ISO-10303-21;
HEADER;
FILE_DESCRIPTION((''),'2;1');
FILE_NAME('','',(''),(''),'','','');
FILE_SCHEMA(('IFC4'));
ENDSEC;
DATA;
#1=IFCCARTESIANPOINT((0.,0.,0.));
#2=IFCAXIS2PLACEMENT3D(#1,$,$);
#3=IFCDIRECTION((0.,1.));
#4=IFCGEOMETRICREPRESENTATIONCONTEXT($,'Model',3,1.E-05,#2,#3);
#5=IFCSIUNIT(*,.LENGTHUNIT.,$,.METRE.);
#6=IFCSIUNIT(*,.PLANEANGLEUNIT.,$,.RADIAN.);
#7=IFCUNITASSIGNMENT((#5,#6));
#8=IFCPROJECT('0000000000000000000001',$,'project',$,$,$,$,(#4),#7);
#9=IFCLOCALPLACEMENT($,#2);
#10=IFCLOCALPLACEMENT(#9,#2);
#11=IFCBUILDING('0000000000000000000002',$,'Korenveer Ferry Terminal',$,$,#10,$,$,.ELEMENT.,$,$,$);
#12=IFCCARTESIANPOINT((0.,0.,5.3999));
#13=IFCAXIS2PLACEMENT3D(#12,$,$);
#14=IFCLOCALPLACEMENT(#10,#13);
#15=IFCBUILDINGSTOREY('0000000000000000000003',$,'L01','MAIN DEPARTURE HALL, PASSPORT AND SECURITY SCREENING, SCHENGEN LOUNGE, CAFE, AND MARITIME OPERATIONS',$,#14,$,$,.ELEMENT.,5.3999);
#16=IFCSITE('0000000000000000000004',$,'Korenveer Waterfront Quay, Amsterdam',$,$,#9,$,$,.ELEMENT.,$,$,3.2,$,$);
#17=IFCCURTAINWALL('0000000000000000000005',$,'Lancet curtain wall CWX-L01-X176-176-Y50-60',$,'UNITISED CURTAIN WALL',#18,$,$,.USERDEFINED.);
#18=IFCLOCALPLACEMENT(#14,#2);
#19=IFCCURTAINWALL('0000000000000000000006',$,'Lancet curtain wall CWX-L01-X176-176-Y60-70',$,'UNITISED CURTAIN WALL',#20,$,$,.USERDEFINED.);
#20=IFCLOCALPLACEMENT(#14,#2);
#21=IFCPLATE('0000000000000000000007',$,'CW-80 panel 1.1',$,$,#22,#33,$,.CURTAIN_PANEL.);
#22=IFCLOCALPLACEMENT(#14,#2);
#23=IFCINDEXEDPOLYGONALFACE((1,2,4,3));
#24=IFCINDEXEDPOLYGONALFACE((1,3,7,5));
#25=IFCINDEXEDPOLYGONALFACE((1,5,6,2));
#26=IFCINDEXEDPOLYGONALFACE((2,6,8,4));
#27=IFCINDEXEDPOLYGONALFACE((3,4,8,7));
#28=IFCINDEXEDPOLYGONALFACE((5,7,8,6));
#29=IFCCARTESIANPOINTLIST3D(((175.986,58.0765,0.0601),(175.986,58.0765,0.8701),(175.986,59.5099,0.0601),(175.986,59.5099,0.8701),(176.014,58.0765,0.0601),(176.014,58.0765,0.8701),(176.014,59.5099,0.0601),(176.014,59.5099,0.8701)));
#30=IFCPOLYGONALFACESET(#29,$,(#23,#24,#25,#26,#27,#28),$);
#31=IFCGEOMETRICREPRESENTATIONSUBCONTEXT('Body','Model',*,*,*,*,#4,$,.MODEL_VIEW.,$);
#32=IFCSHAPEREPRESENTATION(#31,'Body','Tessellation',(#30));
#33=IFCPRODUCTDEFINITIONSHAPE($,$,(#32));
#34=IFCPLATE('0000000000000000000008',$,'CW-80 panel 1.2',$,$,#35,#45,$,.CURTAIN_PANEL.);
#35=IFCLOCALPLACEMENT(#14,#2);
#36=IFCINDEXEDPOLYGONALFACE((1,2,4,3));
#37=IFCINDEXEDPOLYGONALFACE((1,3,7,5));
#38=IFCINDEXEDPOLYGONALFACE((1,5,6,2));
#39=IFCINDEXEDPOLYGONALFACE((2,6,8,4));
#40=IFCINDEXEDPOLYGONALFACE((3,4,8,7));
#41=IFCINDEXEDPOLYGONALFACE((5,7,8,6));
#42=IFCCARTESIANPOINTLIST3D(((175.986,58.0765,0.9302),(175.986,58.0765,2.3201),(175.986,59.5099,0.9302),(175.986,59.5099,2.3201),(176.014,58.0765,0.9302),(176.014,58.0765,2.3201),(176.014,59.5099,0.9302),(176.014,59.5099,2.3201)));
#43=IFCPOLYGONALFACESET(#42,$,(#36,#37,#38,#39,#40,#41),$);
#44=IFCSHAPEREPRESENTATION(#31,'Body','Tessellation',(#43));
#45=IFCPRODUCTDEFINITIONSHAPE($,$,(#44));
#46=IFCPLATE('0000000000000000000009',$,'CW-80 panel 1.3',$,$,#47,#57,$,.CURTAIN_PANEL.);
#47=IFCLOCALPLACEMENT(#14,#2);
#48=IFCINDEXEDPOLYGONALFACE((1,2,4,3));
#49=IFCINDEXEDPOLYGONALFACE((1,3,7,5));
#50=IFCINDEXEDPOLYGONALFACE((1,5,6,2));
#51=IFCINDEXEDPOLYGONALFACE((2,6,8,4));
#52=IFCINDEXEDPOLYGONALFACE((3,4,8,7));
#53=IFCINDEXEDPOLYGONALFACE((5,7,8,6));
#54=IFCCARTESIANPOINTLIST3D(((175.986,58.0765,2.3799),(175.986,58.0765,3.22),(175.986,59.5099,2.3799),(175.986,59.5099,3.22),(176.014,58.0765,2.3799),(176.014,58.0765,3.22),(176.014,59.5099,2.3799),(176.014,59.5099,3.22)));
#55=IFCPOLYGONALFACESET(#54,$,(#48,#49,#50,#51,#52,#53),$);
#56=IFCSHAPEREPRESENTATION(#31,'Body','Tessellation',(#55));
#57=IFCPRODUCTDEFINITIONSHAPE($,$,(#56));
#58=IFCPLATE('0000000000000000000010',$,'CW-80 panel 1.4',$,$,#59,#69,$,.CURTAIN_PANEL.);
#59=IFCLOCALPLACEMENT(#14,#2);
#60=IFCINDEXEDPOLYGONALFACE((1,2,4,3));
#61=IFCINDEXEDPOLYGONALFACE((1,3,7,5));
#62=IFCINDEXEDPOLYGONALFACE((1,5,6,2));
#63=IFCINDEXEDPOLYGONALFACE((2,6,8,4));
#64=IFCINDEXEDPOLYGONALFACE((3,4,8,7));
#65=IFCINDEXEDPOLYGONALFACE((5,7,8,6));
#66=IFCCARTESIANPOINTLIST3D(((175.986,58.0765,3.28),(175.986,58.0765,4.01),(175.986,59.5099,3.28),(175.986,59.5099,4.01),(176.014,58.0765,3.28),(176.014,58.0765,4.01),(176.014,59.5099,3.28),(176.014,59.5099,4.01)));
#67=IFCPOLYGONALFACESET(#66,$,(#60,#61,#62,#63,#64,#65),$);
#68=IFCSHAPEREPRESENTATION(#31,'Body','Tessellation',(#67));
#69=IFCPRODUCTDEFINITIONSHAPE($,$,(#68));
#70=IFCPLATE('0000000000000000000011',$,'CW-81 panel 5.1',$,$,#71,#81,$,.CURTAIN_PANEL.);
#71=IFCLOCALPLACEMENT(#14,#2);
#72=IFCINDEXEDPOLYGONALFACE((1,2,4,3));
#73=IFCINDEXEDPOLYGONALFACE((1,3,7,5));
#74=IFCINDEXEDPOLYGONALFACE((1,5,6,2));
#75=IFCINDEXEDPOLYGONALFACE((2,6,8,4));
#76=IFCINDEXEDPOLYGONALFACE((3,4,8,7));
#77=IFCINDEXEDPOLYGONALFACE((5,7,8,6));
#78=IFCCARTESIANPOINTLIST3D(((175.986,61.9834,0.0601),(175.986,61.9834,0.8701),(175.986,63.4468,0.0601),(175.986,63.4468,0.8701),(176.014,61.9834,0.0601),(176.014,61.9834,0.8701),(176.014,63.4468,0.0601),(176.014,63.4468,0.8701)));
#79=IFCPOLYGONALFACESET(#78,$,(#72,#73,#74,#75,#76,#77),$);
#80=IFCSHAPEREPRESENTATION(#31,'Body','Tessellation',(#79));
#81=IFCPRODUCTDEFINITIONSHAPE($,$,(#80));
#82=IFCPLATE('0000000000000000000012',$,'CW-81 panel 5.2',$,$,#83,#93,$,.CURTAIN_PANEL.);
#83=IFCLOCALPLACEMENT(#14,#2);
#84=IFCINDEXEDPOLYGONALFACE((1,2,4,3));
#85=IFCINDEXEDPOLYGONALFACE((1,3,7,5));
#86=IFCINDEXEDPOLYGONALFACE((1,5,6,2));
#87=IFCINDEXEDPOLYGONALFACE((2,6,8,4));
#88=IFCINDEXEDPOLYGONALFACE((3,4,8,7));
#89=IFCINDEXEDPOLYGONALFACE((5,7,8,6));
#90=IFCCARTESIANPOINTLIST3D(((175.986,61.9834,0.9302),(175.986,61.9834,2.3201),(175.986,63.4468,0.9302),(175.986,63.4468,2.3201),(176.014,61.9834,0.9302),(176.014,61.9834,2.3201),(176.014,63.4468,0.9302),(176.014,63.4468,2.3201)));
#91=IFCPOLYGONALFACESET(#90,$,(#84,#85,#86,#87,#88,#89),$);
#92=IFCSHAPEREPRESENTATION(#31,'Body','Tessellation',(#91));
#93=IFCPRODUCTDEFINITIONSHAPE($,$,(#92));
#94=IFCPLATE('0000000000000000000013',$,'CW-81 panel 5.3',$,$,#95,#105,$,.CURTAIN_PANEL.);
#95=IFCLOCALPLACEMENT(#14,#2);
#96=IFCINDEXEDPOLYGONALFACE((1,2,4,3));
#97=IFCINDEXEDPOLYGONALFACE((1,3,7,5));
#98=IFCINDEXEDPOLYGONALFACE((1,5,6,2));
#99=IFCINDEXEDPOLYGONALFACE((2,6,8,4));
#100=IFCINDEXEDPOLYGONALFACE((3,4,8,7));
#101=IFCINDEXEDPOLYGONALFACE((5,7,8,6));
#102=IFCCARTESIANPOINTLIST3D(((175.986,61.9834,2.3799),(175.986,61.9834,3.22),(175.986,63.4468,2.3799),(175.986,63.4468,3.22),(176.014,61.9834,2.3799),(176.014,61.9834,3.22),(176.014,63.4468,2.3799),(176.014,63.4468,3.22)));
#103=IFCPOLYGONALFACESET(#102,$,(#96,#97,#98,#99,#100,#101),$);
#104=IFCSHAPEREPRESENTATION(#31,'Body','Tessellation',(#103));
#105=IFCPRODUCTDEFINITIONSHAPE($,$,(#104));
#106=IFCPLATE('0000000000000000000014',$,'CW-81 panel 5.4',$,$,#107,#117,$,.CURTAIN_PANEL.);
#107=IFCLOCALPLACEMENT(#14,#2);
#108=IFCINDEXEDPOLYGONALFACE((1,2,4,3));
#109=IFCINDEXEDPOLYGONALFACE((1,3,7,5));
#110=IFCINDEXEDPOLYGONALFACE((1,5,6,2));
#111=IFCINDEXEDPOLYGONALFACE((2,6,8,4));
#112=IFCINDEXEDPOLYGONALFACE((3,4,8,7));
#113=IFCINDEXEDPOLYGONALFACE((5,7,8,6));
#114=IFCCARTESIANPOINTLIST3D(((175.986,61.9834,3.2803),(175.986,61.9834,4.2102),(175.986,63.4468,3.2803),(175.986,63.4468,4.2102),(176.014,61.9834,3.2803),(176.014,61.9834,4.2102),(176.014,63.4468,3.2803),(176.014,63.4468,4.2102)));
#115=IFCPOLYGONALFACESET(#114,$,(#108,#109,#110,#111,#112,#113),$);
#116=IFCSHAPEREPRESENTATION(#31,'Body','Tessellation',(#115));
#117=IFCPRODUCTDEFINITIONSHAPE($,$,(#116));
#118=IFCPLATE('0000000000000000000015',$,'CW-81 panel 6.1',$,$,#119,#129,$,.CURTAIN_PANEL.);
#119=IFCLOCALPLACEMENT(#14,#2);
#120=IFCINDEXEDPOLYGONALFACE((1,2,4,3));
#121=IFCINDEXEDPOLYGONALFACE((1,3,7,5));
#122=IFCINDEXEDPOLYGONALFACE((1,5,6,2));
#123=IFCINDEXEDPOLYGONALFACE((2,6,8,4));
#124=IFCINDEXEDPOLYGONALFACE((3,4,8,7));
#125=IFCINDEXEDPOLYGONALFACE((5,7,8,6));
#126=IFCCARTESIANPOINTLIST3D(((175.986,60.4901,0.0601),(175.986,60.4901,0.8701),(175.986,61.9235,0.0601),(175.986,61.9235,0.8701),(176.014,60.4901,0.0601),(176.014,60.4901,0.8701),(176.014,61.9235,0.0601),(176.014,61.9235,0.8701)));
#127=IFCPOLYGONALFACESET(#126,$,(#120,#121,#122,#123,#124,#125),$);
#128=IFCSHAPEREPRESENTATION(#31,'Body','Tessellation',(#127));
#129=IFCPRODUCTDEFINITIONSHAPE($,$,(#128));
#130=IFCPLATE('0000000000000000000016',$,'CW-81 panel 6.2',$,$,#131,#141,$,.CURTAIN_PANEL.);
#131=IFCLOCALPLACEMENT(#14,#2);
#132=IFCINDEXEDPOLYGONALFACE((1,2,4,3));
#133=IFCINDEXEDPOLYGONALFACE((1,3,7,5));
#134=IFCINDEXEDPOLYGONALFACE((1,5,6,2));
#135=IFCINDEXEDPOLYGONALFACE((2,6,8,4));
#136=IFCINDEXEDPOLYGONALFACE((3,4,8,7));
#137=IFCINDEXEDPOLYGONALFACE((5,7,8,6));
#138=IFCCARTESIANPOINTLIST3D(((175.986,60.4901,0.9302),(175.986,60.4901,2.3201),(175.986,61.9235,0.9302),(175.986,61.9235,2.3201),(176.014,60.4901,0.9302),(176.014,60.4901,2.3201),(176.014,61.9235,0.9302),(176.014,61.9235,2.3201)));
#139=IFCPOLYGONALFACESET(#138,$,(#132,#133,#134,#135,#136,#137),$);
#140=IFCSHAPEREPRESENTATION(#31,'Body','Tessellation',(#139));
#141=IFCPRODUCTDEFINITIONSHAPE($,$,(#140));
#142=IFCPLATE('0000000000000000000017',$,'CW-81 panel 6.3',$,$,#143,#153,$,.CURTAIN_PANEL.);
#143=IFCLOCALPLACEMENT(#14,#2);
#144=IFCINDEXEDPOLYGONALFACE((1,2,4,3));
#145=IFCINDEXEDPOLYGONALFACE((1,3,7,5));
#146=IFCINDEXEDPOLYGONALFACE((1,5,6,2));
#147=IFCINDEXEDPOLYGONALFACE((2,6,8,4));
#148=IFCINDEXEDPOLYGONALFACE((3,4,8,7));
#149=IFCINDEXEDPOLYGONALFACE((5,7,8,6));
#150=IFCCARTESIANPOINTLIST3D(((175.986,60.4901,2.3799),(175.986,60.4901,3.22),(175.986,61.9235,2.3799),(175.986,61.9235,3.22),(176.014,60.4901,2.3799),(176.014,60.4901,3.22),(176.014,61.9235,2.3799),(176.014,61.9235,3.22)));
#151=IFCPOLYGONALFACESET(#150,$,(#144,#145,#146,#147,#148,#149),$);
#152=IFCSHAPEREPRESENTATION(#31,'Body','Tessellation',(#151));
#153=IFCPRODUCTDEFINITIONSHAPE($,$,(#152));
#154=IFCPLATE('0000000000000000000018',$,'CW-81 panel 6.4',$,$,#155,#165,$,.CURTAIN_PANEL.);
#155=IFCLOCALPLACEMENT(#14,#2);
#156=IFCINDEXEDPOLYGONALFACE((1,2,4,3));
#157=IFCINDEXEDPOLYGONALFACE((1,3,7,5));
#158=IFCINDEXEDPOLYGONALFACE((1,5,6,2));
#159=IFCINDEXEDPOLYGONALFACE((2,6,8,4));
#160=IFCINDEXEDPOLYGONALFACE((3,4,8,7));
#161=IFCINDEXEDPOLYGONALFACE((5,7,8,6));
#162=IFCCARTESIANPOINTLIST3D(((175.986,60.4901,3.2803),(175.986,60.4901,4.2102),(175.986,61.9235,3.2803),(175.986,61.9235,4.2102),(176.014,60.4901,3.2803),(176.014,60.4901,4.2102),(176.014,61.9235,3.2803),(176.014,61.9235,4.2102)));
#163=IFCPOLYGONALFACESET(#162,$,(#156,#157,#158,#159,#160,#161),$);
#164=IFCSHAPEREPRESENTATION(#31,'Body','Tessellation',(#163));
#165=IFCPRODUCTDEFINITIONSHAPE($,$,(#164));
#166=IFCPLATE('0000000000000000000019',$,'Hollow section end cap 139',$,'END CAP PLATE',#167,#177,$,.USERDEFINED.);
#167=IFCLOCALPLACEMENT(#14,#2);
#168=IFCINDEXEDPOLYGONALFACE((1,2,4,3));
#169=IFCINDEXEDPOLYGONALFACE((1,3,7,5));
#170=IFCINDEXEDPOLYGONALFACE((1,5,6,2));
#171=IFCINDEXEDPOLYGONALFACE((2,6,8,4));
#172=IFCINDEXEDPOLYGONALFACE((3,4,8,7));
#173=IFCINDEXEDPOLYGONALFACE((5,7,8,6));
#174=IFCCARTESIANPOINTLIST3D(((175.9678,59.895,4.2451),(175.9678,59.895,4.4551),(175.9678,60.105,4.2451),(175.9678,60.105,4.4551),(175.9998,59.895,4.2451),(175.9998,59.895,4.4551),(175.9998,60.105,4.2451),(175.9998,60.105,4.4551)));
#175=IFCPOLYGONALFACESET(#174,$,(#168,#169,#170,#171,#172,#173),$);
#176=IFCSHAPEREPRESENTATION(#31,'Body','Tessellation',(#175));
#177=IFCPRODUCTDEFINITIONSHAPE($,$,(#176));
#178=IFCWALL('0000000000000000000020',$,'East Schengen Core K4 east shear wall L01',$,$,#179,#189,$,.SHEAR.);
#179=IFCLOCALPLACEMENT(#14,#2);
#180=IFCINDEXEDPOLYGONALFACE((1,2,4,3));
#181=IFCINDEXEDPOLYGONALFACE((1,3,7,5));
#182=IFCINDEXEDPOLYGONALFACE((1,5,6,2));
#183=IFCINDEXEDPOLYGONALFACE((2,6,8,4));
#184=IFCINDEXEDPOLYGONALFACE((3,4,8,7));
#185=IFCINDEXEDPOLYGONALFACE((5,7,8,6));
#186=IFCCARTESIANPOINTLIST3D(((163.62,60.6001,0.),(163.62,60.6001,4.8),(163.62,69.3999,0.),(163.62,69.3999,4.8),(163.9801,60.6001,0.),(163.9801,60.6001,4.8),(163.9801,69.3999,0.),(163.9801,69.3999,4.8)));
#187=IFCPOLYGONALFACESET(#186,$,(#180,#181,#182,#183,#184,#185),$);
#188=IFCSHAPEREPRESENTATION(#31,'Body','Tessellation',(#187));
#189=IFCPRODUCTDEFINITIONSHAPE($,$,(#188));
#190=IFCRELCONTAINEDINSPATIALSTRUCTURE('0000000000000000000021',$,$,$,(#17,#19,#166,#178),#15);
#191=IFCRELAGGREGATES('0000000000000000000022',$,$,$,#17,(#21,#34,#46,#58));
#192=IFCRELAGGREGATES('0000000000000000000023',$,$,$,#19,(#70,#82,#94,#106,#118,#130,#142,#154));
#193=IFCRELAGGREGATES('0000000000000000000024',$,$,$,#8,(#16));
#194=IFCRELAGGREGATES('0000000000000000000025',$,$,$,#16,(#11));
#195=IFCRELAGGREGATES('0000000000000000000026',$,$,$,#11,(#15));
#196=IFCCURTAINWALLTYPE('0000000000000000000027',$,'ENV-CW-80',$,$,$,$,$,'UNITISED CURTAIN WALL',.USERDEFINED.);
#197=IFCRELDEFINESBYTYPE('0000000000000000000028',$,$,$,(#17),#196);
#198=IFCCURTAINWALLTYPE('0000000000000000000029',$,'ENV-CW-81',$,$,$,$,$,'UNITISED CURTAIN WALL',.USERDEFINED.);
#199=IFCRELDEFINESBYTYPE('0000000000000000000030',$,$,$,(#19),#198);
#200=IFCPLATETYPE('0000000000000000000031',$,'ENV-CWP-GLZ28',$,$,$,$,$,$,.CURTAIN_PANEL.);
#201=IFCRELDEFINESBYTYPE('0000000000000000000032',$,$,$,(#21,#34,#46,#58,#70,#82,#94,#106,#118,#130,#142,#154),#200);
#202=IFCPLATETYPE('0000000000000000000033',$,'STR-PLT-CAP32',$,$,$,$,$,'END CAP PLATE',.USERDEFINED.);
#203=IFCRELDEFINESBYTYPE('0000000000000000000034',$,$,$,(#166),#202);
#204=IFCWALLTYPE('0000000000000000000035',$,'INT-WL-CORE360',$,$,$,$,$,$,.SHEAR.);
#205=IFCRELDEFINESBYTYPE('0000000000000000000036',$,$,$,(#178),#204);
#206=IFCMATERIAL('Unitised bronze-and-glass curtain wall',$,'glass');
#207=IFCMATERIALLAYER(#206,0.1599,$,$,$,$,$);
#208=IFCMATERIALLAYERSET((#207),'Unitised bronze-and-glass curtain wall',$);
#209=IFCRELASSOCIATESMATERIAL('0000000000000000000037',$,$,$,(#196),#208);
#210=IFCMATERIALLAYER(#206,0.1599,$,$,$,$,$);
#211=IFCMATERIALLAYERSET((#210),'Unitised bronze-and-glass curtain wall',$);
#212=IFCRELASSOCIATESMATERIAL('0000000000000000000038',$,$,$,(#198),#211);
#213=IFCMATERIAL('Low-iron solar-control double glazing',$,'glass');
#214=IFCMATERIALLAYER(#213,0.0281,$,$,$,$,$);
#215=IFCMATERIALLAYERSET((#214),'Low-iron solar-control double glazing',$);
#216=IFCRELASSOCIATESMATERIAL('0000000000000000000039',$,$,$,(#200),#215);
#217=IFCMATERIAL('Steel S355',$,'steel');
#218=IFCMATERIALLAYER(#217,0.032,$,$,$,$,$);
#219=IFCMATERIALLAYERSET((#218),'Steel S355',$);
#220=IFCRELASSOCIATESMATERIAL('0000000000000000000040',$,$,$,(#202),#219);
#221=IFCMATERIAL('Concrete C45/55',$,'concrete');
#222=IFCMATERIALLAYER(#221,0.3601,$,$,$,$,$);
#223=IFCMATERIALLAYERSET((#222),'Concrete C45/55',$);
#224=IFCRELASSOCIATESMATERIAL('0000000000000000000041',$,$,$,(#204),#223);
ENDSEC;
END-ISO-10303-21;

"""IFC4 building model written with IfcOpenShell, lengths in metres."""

from ifc_helpers import new_model, si_unit, direction, frame, frame_2d, origin, origin_2d, place, context, subcontext, project, spatial, rectangle, extrude, material, layer, layer_set, type_object, element, aggregate, save


model = new_model("IFC4")

# Units and contexts
model_context = context("Model", 3, precision=1e-05, world=origin(), true_north=direction((0.0, 1.0)))
body_context = subcontext(model_context, "Body", "Model", "MODEL_VIEW")
ifc_project = project(units=[si_unit("LENGTHUNIT", "METRE"), si_unit("PLANEANGLEUNIT", "RADIAN")], contexts=[model_context])

# Site, building, storey
site_placement = place(None, origin())
site = spatial("IfcSite", under=ifc_project, at=site_placement, Name="Korenveer Waterfront Quay, Amsterdam", CompositionType="ELEMENT", RefElevation=3.2)
building_placement = place(site_placement, origin())
building = spatial("IfcBuilding", under=site, at=building_placement, Name="Korenveer Ferry Terminal", CompositionType="ELEMENT")
storey_placement = place(building_placement, frame((0.0, 0.0, 5.3999)))
storey = spatial("IfcBuildingStorey", under=building, at=storey_placement, Name="L01", Description="MAIN DEPARTURE HALL, PASSPORT AND SECURITY SCREENING, SCHENGEN LOUNGE, CAFE, AND MARITIME OPERATIONS", CompositionType="ELEMENT", Elevation=5.3999)

# Shared definitions
ifc_material_1 = material(Name="Concrete C45/55", Category="concrete")

# Curtain walls
ifc_material_2 = material(Name="Unitised bronze-and-glass curtain wall", Category="glass")
ifc_layer_1 = layer(ifc_material_2, 0.1599)
ifc_layer_set_1 = layer_set([ifc_layer_1], Name="Unitised bronze-and-glass curtain wall")
curtain_wall_type_1 = type_object("IfcCurtainWallType", Name="ENV-CW-80", ElementType="UNITISED CURTAIN WALL", PredefinedType="USERDEFINED", material=ifc_layer_set_1)
curtain_wall_1_placement = place(storey_placement, frame((176.0, 59.5701, 0.0)))
curtain_wall_1 = element("IfcCurtainWall", 1, at=curtain_wall_1_placement, inside=storey, type_object=curtain_wall_type_1, Name="Lancet curtain wall CWX-L01-X176-176-Y50-60", ObjectType="UNITISED CURTAIN WALL", PredefinedType="USERDEFINED")
ifc_layer_2 = layer(ifc_material_2, 0.1599)
ifc_layer_set_2 = layer_set([ifc_layer_2], Name="Unitised bronze-and-glass curtain wall")
curtain_wall_type_2 = type_object("IfcCurtainWallType", Name="ENV-CW-81", ElementType="UNITISED CURTAIN WALL", PredefinedType="USERDEFINED", material=ifc_layer_set_2)
curtain_wall_2_placement = place(storey_placement, frame((176.0, 69.5701, 0.0)))
curtain_wall_2 = element("IfcCurtainWall", 2, at=curtain_wall_2_placement, inside=storey, type_object=curtain_wall_type_2, Name="Lancet curtain wall CWX-L01-X176-176-Y60-70", ObjectType="UNITISED CURTAIN WALL", PredefinedType="USERDEFINED")

# Shared definitions
ifc_material_3 = material(Name="Steel S355", Category="steel")

# Plates
ifc_material_4 = material(Name="Low-iron solar-control double glazing", Category="glass")
ifc_layer_3 = layer(ifc_material_4, 0.0281)
ifc_layer_set_3 = layer_set([ifc_layer_3], Name="Low-iron solar-control double glazing")
plate_type_1 = type_object("IfcPlateType", Name="ENV-CWP-GLZ28", PredefinedType="CURTAIN_PANEL", material=ifc_layer_set_3)
plate_1_placement = place(storey_placement, frame((176.0, 58.7932, 0.0601), z_axis=(0.0, 0.0, 1.0), x_axis=(0.0, -1.0, 0.0)))
plate_1 = element("IfcPlate", 3, at=plate_1_placement, type_object=plate_type_1, Name="CW-80 panel 1.1", PredefinedType="CURTAIN_PANEL", context=body_context, shape_type="SweptSolid", body=[
    extrude(rectangle(XDim=1.4333, YDim=0.0281, at=origin_2d()), origin(), (0.0, 0.0, 1.0), 0.8101),
])
plate_2_placement = place(storey_placement, frame((176.0, 58.7932, 0.9302), z_axis=(0.0, 0.0, 1.0), x_axis=(0.0, -1.0, 0.0)))
plate_2 = element("IfcPlate", 4, at=plate_2_placement, type_object=plate_type_1, Name="CW-80 panel 1.2", PredefinedType="CURTAIN_PANEL", context=body_context, shape_type="SweptSolid", body=[
    extrude(rectangle(XDim=1.4333, YDim=0.0281, at=origin_2d()), origin(), (0.0, 0.0, 1.0), 1.3899),
])
plate_3_placement = place(storey_placement, frame((176.0, 58.7932, 2.3799), z_axis=(0.0, 0.0, 1.0), x_axis=(0.0, -1.0, 0.0)))
plate_3 = element("IfcPlate", 5, at=plate_3_placement, type_object=plate_type_1, Name="CW-80 panel 1.3", PredefinedType="CURTAIN_PANEL", context=body_context, shape_type="SweptSolid", body=[
    extrude(rectangle(XDim=1.4333, YDim=0.0281, at=origin_2d()), origin(), (0.0, 0.0, 1.0), 0.8401),
])
plate_4_placement = place(storey_placement, frame((176.0, 58.7932, 3.28), z_axis=(0.0, 0.0, 1.0), x_axis=(0.0, -1.0, 0.0)))
plate_4 = element("IfcPlate", 6, at=plate_4_placement, type_object=plate_type_1, Name="CW-80 panel 1.4", PredefinedType="CURTAIN_PANEL", context=body_context, shape_type="SweptSolid", body=[
    extrude(rectangle(XDim=1.4333, YDim=0.0281, at=origin_2d()), origin(), (0.0, 0.0, 1.0), 0.73),
])
aggregate(curtain_wall_1, [plate_1, plate_2, plate_3, plate_4])
plate_5_placement = place(storey_placement, frame((176.0, 62.7151, 0.0601), z_axis=(0.0, 0.0, 1.0), x_axis=(0.0, -1.0, 0.0)))
plate_5 = element("IfcPlate", 7, at=plate_5_placement, type_object=plate_type_1, Name="CW-81 panel 5.1", PredefinedType="CURTAIN_PANEL", context=body_context, shape_type="SweptSolid", body=[
    extrude(rectangle(XDim=1.4634, YDim=0.0281, at=origin_2d()), origin(), (0.0, 0.0, 1.0), 0.8101),
])
plate_6_placement = place(storey_placement, frame((176.0, 62.7151, 0.9302), z_axis=(0.0, 0.0, 1.0), x_axis=(0.0, -1.0, 0.0)))
plate_6 = element("IfcPlate", 8, at=plate_6_placement, type_object=plate_type_1, Name="CW-81 panel 5.2", PredefinedType="CURTAIN_PANEL", context=body_context, shape_type="SweptSolid", body=[
    extrude(rectangle(XDim=1.4634, YDim=0.0281, at=origin_2d()), origin(), (0.0, 0.0, 1.0), 1.3899),
])
plate_7_placement = place(storey_placement, frame((176.0, 62.7151, 2.3799), z_axis=(0.0, 0.0, 1.0), x_axis=(0.0, -1.0, 0.0)))
plate_7 = element("IfcPlate", 9, at=plate_7_placement, type_object=plate_type_1, Name="CW-81 panel 5.3", PredefinedType="CURTAIN_PANEL", context=body_context, shape_type="SweptSolid", body=[
    extrude(rectangle(XDim=1.4634, YDim=0.0281, at=origin_2d()), origin(), (0.0, 0.0, 1.0), 0.8401),
])
plate_8_placement = place(storey_placement, frame((176.0, 62.7151, 3.2803), z_axis=(0.0, 0.0, 1.0), x_axis=(0.0, -1.0, 0.0)))
plate_8 = element("IfcPlate", 10, at=plate_8_placement, type_object=plate_type_1, Name="CW-81 panel 5.4", PredefinedType="CURTAIN_PANEL", context=body_context, shape_type="SweptSolid", body=[
    extrude(rectangle(XDim=1.4634, YDim=0.0281, at=origin_2d()), origin(), (0.0, 0.0, 1.0), 0.9299),
])
plate_9_placement = place(storey_placement, frame((176.0, 61.2068, 0.0601), z_axis=(0.0, 0.0, 1.0), x_axis=(0.0, -1.0, 0.0)))
plate_9 = element("IfcPlate", 11, at=plate_9_placement, type_object=plate_type_1, Name="CW-81 panel 6.1", PredefinedType="CURTAIN_PANEL", context=body_context, shape_type="SweptSolid", body=[
    extrude(rectangle(XDim=1.4333, YDim=0.0281, at=origin_2d()), origin(), (0.0, 0.0, 1.0), 0.8101),
])
plate_10_placement = place(storey_placement, frame((176.0, 61.2068, 0.9302), z_axis=(0.0, 0.0, 1.0), x_axis=(0.0, -1.0, 0.0)))
plate_10 = element("IfcPlate", 12, at=plate_10_placement, type_object=plate_type_1, Name="CW-81 panel 6.2", PredefinedType="CURTAIN_PANEL", context=body_context, shape_type="SweptSolid", body=[
    extrude(rectangle(XDim=1.4333, YDim=0.0281, at=origin_2d()), origin(), (0.0, 0.0, 1.0), 1.3899),
])
plate_11_placement = place(storey_placement, frame((176.0, 61.2068, 2.3799), z_axis=(0.0, 0.0, 1.0), x_axis=(0.0, -1.0, 0.0)))
plate_11 = element("IfcPlate", 13, at=plate_11_placement, type_object=plate_type_1, Name="CW-81 panel 6.3", PredefinedType="CURTAIN_PANEL", context=body_context, shape_type="SweptSolid", body=[
    extrude(rectangle(XDim=1.4333, YDim=0.0281, at=origin_2d()), origin(), (0.0, 0.0, 1.0), 0.8401),
])
plate_12_placement = place(storey_placement, frame((176.0, 61.2068, 3.2803), z_axis=(0.0, 0.0, 1.0), x_axis=(0.0, -1.0, 0.0)))
plate_12 = element("IfcPlate", 14, at=plate_12_placement, type_object=plate_type_1, Name="CW-81 panel 6.4", PredefinedType="CURTAIN_PANEL", context=body_context, shape_type="SweptSolid", body=[
    extrude(rectangle(XDim=1.4333, YDim=0.0281, at=origin_2d()), origin(), (0.0, 0.0, 1.0), 0.9299),
])
aggregate(curtain_wall_2, [plate_5, plate_6, plate_7, plate_8, plate_9, plate_10, plate_11, plate_12])
ifc_layer_4 = layer(ifc_material_3, 0.032)
ifc_layer_set_4 = layer_set([ifc_layer_4], Name="Steel S355")
plate_type_2 = type_object("IfcPlateType", Name="STR-PLT-CAP32", ElementType="END CAP PLATE", PredefinedType="USERDEFINED", material=ifc_layer_set_4)
plate_13_placement = place(storey_placement, frame((175.9678, 60.0, 4.3501), z_axis=(1.0, 0.0, 0.0), x_axis=(0.0, 1.0, 0.0)))
element("IfcPlate", 15, at=plate_13_placement, inside=storey, type_object=plate_type_2, Name="Hollow section end cap 139", ObjectType="END CAP PLATE", PredefinedType="USERDEFINED", context=body_context, shape_type="SweptSolid", body=[
    extrude(rectangle(XDim=0.21, YDim=0.21, at=origin_2d()), origin(), (0.0, 0.0, 1.0), 0.032),
])

# Wall
ifc_layer_5 = layer(ifc_material_1, 0.3601)
ifc_layer_set_5 = layer_set([ifc_layer_5], Name="Concrete C45/55")
wall_type = type_object("IfcWallType", Name="INT-WL-CORE360", PredefinedType="SHEAR", material=ifc_layer_set_5)
wall_placement = place(storey_placement, frame((163.8, 60.6001, 0.0), z_axis=(0.0, 0.0, 1.0), x_axis=(0.0, 1.0, 0.0)))
element("IfcWall", 16, at=wall_placement, inside=storey, type_object=wall_type, Name="East Schengen Core K4 east shear wall L01", PredefinedType="SHEAR", context=body_context, shape_type="SweptSolid", body=[
    extrude(rectangle(XDim=8.7998, YDim=0.3601, at=frame_2d((4.3999, 0.0))), origin(), (0.0, 0.0, 1.0), 4.8),
])

save(model, "model.ifc")
